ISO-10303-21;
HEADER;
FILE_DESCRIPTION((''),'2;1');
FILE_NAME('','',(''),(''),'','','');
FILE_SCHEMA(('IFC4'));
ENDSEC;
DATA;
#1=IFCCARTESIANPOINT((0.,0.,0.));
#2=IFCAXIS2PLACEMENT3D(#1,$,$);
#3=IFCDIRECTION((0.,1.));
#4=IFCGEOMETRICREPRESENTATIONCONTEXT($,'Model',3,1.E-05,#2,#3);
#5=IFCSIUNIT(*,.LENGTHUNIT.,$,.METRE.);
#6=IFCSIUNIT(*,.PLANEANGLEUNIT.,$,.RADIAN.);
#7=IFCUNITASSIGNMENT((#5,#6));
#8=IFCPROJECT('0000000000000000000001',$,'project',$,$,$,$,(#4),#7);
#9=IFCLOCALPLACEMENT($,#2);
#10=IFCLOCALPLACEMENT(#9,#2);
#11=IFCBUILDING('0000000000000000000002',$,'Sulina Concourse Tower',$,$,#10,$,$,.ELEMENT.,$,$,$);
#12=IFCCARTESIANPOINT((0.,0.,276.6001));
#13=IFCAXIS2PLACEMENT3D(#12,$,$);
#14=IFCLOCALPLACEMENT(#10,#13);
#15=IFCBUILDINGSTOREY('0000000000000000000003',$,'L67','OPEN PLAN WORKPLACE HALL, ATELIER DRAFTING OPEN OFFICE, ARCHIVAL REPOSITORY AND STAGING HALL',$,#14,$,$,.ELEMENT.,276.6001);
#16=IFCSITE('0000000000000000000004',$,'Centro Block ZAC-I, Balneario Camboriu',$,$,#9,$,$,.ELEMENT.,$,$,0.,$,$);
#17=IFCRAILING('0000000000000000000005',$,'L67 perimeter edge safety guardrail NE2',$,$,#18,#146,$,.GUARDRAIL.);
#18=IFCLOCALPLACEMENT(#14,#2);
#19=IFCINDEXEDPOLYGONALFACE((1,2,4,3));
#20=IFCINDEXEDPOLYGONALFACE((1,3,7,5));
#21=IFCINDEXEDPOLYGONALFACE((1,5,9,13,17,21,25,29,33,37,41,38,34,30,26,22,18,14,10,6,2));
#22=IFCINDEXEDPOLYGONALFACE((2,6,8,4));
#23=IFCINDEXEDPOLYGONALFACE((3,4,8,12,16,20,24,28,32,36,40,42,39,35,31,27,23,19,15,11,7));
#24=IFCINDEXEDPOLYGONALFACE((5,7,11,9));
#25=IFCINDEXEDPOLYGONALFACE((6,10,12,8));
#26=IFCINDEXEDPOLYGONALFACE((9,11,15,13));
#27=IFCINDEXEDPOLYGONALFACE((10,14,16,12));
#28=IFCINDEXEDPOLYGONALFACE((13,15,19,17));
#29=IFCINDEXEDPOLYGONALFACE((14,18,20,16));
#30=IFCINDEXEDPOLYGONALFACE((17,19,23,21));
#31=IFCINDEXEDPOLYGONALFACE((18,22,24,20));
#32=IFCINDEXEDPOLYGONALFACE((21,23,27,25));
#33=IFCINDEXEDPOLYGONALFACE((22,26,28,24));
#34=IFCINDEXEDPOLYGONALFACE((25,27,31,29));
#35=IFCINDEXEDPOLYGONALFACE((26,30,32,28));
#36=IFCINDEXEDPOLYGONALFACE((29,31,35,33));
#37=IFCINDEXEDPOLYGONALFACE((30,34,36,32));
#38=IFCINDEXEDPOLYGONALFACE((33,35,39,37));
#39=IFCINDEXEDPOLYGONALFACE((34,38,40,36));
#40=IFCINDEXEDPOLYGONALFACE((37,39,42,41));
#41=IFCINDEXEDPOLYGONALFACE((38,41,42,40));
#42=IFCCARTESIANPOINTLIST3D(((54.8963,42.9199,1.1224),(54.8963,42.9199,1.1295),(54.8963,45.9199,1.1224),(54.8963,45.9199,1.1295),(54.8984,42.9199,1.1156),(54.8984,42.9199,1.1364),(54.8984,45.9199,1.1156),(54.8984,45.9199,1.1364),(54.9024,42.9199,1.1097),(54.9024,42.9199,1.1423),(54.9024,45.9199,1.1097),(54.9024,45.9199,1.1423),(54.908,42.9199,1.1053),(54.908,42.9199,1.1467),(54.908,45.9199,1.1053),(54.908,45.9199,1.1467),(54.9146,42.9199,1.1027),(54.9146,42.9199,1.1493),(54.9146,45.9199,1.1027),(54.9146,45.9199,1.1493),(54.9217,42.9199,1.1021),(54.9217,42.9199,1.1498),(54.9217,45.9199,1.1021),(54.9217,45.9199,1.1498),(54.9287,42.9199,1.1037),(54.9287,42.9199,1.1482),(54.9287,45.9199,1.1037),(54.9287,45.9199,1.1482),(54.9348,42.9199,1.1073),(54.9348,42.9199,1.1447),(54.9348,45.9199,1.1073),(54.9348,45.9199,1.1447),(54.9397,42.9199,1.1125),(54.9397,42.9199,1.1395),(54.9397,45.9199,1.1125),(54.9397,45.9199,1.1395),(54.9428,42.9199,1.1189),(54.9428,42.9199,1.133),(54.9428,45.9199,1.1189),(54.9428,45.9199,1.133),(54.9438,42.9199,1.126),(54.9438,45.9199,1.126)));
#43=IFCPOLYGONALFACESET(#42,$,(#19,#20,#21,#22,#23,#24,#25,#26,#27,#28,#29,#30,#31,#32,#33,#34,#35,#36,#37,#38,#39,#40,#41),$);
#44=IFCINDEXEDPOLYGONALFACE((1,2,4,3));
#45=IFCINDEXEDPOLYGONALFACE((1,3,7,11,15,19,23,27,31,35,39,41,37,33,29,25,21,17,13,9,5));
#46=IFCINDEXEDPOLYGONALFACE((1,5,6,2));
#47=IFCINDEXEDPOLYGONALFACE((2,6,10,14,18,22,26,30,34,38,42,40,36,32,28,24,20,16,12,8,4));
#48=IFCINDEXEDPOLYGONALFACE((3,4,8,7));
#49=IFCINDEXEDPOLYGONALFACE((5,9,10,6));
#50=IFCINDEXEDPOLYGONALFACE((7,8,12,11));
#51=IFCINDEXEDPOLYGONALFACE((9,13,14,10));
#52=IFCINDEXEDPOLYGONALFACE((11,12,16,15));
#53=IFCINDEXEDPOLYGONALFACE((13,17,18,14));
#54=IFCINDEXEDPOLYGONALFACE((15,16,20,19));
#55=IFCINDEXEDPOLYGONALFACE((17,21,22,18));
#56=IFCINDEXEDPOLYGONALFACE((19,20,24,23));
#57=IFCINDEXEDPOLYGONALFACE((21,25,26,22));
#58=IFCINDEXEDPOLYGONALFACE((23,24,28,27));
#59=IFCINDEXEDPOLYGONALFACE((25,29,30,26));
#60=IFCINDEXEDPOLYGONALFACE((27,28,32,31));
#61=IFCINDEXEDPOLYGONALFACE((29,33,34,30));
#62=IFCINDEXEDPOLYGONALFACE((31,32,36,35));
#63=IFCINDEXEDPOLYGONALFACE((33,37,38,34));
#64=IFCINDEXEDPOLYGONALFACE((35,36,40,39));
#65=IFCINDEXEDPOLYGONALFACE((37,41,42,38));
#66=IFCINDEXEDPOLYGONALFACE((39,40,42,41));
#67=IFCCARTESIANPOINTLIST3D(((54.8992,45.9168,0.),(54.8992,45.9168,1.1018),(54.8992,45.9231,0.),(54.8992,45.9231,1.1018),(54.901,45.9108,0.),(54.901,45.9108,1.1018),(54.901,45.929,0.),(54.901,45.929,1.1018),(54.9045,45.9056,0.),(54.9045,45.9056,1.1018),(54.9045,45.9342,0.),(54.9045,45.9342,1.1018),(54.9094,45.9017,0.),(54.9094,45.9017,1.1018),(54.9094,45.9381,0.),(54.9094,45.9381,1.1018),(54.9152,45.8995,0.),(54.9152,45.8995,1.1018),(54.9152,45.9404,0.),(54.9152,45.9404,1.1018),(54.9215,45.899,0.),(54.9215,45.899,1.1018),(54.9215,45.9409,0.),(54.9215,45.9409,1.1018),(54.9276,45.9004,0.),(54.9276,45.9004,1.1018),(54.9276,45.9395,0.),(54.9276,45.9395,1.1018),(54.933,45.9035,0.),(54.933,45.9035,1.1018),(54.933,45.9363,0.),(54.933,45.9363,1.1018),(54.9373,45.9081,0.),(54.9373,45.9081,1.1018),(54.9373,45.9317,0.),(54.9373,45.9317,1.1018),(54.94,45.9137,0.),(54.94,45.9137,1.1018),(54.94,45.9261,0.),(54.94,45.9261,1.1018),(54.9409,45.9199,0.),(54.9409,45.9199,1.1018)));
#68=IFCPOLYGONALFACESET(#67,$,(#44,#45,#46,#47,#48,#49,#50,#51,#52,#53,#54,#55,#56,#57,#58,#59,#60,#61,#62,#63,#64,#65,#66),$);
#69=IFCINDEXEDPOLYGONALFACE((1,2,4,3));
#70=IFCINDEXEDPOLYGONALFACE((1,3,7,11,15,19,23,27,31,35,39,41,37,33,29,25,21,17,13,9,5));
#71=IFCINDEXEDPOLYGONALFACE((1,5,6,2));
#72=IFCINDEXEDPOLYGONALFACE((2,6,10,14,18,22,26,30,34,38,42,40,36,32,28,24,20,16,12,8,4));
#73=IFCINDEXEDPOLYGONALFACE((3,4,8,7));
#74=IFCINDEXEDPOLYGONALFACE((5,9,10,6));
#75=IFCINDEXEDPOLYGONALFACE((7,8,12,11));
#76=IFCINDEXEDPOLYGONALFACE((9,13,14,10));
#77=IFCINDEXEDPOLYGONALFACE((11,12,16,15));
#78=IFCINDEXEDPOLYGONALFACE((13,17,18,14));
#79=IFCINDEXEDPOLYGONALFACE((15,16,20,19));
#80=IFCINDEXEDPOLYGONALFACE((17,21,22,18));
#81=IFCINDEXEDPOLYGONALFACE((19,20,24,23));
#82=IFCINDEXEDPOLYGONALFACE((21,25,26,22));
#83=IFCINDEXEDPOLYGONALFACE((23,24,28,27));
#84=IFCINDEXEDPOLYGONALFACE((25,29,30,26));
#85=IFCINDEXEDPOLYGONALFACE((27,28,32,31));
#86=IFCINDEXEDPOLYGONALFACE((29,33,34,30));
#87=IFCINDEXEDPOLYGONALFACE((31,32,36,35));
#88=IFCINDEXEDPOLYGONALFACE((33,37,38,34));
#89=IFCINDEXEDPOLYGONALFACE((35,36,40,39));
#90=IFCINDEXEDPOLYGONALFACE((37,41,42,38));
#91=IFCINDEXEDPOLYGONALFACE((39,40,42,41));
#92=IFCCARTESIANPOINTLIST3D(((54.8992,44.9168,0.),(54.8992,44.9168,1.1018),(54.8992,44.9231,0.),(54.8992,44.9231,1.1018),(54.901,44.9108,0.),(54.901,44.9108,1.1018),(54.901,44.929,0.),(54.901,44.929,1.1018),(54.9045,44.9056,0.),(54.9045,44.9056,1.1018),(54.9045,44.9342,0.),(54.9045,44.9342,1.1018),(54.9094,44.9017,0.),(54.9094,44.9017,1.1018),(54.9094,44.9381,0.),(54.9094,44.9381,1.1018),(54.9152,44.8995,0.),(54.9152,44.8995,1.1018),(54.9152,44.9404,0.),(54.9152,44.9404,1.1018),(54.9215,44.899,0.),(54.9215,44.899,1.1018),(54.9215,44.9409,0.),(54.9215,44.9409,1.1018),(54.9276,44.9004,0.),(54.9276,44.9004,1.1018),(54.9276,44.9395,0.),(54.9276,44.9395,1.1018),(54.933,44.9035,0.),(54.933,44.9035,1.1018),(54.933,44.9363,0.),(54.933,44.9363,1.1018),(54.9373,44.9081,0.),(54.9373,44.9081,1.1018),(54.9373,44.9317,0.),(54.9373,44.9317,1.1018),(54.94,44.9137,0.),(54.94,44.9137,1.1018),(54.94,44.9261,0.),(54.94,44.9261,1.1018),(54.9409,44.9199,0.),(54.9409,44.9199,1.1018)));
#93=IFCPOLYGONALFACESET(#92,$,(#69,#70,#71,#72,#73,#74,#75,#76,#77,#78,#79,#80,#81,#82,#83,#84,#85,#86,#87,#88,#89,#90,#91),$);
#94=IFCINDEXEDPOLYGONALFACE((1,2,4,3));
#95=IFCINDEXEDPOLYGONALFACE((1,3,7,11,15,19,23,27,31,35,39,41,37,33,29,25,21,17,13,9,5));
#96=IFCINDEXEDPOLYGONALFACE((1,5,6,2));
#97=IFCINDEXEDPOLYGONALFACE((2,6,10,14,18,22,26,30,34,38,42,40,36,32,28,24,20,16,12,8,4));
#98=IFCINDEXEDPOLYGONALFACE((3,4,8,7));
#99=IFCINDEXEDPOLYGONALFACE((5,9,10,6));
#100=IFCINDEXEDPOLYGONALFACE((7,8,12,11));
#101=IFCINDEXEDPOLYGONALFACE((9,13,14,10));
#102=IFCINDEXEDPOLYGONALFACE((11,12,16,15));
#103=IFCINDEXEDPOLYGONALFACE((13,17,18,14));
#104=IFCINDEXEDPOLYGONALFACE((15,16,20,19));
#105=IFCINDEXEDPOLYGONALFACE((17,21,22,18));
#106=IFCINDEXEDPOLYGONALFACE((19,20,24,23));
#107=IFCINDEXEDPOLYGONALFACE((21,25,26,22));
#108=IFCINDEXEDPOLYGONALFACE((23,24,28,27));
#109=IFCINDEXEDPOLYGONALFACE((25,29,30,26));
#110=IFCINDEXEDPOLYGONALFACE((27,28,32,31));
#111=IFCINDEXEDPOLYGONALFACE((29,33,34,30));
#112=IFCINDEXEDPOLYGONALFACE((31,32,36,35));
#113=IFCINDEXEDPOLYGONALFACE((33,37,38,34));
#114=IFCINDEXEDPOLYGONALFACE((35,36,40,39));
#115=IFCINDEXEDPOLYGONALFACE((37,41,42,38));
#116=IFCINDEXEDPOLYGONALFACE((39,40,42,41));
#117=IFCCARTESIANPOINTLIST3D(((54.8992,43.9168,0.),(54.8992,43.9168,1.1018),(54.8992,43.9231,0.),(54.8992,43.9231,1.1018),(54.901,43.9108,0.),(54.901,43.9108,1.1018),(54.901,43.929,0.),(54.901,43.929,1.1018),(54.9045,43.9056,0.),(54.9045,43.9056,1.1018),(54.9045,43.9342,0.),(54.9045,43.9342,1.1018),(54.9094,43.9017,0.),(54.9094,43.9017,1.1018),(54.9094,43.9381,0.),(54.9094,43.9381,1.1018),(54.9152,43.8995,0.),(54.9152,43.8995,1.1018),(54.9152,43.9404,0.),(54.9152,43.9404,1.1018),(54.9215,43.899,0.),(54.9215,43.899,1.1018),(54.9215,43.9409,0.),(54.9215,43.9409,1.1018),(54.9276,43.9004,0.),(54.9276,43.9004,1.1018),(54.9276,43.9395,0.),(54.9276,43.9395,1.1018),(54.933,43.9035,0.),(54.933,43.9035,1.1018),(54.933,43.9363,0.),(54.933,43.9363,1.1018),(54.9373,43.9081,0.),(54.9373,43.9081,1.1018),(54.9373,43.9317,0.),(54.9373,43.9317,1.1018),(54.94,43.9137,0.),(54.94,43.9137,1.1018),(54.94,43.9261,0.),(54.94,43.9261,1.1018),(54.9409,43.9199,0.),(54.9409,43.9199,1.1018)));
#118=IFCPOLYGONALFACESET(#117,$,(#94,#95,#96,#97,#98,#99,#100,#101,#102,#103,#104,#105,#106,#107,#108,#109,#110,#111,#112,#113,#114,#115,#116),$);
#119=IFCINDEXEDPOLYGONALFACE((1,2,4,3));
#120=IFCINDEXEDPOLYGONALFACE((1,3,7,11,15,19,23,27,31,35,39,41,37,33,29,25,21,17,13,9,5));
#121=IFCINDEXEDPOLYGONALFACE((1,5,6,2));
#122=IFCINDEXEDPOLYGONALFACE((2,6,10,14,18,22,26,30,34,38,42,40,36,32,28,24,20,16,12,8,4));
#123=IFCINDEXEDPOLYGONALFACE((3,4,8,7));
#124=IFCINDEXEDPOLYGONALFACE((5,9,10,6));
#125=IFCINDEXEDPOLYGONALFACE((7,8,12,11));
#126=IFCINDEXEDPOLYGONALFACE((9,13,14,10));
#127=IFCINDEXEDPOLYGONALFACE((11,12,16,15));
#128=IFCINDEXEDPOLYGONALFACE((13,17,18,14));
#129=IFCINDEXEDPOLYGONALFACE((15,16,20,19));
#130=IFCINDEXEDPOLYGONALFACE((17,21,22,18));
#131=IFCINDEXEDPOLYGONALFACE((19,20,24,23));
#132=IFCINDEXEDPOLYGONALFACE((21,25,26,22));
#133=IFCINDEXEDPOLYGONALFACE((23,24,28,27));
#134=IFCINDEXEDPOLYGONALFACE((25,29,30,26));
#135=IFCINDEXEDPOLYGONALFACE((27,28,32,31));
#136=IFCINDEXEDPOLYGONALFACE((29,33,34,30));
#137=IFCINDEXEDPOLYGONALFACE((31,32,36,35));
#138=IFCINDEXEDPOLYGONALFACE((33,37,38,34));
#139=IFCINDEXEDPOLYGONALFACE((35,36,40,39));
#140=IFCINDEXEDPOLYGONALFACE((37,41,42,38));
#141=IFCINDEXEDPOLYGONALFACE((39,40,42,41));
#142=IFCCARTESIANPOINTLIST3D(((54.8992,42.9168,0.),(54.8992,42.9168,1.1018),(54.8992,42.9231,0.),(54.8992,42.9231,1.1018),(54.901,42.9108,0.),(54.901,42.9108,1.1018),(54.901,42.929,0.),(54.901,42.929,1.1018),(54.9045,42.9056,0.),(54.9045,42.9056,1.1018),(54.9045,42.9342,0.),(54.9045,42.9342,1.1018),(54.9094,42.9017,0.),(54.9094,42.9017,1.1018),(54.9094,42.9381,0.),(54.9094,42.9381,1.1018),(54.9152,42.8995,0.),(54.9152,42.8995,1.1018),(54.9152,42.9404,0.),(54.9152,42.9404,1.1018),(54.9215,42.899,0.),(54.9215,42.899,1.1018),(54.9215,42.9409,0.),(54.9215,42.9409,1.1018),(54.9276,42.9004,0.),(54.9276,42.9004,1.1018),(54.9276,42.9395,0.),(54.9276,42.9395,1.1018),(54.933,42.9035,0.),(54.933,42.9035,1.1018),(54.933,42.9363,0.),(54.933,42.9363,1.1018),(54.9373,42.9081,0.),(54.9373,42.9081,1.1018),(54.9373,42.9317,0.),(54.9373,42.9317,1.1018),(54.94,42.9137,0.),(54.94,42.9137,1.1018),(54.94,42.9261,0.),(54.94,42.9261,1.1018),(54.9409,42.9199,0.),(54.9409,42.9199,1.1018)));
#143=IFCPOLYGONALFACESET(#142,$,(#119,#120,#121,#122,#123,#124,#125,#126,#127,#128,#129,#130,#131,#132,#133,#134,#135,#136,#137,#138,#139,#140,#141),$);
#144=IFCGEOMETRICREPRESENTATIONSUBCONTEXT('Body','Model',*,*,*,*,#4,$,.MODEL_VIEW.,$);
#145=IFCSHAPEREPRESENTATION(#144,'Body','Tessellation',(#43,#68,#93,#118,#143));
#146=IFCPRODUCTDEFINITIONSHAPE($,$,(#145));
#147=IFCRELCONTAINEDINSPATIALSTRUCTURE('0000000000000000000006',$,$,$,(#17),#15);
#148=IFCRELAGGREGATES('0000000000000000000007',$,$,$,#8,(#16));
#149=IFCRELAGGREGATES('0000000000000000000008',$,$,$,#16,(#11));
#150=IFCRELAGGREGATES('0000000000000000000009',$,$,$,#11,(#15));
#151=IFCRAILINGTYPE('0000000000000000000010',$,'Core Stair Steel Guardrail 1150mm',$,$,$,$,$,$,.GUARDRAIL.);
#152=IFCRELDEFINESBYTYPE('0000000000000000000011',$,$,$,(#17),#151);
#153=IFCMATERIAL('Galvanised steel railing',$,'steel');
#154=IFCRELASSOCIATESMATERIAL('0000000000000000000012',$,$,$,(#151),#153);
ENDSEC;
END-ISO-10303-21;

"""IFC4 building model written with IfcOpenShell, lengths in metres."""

from ifc_helpers import new_model, si_unit, direction, frame, origin, origin_2d, place, context, subcontext, project, spatial, circle, extrude, material, type_object, element, save


model = new_model("IFC4")

# Units and contexts
model_context = context("Model", 3, precision=1e-05, world=origin(), true_north=direction((0.0, 1.0)))
body_context = subcontext(model_context, "Body", "Model", "MODEL_VIEW")
ifc_project = project(units=[si_unit("LENGTHUNIT", "METRE"), si_unit("PLANEANGLEUNIT", "RADIAN")], contexts=[model_context])

# Site, building, storey
site_placement = place(None, origin())
site = spatial("IfcSite", under=ifc_project, at=site_placement, Name="Centro Block ZAC-I, Balneario Camboriu", CompositionType="ELEMENT", RefElevation=0.0)
building_placement = place(site_placement, origin())
building = spatial("IfcBuilding", under=site, at=building_placement, Name="Sulina Concourse Tower", CompositionType="ELEMENT")
storey_placement = place(building_placement, frame((0.0, 0.0, 276.6001)))
storey = spatial("IfcBuildingStorey", under=building, at=storey_placement, Name="L67", Description="OPEN PLAN WORKPLACE HALL, ATELIER DRAFTING OPEN OFFICE, ARCHIVAL REPOSITORY AND STAGING HALL", CompositionType="ELEMENT", Elevation=276.6001)

# Railing
ifc_material_1 = material(Name="Galvanised steel railing", Category="steel")
railing_type_1 = type_object("IfcRailingType", Name="Core Stair Steel Guardrail 1150mm", PredefinedType="GUARDRAIL", material=ifc_material_1)
railing_1_placement = place(storey_placement, frame((54.9199, 45.9199, 0.0)))
element("IfcRailing", 1, at=railing_1_placement, inside=storey, type_object=railing_type_1, Name="L67 perimeter edge safety guardrail NE2", PredefinedType="GUARDRAIL", context=body_context, shape_type="SweptSolid", body=[
    extrude(circle(Radius=0.0239, at=origin_2d()), frame((0.0, 0.0, 1.126), z_axis=(0.0, -1.0, 0.0), x_axis=(1.0, 0.0, 0.0)), (0.0, 0.0, 1.0), 3.0),
    extrude(circle(Radius=0.021, at=origin_2d()), origin(), (0.0, 0.0, 1.0), 1.1018),
    extrude(circle(Radius=0.021, at=origin_2d()), frame((0.0, -1.0, 0.0)), (0.0, 0.0, 1.0), 1.1018),
    extrude(circle(Radius=0.021, at=origin_2d()), frame((0.0, -2.0, 0.0)), (0.0, 0.0, 1.0), 1.1018),
    extrude(circle(Radius=0.021, at=origin_2d()), frame((0.0, -3.0, 0.0)), (0.0, 0.0, 1.0), 1.1018),
])

save(model, "model.ifc")
